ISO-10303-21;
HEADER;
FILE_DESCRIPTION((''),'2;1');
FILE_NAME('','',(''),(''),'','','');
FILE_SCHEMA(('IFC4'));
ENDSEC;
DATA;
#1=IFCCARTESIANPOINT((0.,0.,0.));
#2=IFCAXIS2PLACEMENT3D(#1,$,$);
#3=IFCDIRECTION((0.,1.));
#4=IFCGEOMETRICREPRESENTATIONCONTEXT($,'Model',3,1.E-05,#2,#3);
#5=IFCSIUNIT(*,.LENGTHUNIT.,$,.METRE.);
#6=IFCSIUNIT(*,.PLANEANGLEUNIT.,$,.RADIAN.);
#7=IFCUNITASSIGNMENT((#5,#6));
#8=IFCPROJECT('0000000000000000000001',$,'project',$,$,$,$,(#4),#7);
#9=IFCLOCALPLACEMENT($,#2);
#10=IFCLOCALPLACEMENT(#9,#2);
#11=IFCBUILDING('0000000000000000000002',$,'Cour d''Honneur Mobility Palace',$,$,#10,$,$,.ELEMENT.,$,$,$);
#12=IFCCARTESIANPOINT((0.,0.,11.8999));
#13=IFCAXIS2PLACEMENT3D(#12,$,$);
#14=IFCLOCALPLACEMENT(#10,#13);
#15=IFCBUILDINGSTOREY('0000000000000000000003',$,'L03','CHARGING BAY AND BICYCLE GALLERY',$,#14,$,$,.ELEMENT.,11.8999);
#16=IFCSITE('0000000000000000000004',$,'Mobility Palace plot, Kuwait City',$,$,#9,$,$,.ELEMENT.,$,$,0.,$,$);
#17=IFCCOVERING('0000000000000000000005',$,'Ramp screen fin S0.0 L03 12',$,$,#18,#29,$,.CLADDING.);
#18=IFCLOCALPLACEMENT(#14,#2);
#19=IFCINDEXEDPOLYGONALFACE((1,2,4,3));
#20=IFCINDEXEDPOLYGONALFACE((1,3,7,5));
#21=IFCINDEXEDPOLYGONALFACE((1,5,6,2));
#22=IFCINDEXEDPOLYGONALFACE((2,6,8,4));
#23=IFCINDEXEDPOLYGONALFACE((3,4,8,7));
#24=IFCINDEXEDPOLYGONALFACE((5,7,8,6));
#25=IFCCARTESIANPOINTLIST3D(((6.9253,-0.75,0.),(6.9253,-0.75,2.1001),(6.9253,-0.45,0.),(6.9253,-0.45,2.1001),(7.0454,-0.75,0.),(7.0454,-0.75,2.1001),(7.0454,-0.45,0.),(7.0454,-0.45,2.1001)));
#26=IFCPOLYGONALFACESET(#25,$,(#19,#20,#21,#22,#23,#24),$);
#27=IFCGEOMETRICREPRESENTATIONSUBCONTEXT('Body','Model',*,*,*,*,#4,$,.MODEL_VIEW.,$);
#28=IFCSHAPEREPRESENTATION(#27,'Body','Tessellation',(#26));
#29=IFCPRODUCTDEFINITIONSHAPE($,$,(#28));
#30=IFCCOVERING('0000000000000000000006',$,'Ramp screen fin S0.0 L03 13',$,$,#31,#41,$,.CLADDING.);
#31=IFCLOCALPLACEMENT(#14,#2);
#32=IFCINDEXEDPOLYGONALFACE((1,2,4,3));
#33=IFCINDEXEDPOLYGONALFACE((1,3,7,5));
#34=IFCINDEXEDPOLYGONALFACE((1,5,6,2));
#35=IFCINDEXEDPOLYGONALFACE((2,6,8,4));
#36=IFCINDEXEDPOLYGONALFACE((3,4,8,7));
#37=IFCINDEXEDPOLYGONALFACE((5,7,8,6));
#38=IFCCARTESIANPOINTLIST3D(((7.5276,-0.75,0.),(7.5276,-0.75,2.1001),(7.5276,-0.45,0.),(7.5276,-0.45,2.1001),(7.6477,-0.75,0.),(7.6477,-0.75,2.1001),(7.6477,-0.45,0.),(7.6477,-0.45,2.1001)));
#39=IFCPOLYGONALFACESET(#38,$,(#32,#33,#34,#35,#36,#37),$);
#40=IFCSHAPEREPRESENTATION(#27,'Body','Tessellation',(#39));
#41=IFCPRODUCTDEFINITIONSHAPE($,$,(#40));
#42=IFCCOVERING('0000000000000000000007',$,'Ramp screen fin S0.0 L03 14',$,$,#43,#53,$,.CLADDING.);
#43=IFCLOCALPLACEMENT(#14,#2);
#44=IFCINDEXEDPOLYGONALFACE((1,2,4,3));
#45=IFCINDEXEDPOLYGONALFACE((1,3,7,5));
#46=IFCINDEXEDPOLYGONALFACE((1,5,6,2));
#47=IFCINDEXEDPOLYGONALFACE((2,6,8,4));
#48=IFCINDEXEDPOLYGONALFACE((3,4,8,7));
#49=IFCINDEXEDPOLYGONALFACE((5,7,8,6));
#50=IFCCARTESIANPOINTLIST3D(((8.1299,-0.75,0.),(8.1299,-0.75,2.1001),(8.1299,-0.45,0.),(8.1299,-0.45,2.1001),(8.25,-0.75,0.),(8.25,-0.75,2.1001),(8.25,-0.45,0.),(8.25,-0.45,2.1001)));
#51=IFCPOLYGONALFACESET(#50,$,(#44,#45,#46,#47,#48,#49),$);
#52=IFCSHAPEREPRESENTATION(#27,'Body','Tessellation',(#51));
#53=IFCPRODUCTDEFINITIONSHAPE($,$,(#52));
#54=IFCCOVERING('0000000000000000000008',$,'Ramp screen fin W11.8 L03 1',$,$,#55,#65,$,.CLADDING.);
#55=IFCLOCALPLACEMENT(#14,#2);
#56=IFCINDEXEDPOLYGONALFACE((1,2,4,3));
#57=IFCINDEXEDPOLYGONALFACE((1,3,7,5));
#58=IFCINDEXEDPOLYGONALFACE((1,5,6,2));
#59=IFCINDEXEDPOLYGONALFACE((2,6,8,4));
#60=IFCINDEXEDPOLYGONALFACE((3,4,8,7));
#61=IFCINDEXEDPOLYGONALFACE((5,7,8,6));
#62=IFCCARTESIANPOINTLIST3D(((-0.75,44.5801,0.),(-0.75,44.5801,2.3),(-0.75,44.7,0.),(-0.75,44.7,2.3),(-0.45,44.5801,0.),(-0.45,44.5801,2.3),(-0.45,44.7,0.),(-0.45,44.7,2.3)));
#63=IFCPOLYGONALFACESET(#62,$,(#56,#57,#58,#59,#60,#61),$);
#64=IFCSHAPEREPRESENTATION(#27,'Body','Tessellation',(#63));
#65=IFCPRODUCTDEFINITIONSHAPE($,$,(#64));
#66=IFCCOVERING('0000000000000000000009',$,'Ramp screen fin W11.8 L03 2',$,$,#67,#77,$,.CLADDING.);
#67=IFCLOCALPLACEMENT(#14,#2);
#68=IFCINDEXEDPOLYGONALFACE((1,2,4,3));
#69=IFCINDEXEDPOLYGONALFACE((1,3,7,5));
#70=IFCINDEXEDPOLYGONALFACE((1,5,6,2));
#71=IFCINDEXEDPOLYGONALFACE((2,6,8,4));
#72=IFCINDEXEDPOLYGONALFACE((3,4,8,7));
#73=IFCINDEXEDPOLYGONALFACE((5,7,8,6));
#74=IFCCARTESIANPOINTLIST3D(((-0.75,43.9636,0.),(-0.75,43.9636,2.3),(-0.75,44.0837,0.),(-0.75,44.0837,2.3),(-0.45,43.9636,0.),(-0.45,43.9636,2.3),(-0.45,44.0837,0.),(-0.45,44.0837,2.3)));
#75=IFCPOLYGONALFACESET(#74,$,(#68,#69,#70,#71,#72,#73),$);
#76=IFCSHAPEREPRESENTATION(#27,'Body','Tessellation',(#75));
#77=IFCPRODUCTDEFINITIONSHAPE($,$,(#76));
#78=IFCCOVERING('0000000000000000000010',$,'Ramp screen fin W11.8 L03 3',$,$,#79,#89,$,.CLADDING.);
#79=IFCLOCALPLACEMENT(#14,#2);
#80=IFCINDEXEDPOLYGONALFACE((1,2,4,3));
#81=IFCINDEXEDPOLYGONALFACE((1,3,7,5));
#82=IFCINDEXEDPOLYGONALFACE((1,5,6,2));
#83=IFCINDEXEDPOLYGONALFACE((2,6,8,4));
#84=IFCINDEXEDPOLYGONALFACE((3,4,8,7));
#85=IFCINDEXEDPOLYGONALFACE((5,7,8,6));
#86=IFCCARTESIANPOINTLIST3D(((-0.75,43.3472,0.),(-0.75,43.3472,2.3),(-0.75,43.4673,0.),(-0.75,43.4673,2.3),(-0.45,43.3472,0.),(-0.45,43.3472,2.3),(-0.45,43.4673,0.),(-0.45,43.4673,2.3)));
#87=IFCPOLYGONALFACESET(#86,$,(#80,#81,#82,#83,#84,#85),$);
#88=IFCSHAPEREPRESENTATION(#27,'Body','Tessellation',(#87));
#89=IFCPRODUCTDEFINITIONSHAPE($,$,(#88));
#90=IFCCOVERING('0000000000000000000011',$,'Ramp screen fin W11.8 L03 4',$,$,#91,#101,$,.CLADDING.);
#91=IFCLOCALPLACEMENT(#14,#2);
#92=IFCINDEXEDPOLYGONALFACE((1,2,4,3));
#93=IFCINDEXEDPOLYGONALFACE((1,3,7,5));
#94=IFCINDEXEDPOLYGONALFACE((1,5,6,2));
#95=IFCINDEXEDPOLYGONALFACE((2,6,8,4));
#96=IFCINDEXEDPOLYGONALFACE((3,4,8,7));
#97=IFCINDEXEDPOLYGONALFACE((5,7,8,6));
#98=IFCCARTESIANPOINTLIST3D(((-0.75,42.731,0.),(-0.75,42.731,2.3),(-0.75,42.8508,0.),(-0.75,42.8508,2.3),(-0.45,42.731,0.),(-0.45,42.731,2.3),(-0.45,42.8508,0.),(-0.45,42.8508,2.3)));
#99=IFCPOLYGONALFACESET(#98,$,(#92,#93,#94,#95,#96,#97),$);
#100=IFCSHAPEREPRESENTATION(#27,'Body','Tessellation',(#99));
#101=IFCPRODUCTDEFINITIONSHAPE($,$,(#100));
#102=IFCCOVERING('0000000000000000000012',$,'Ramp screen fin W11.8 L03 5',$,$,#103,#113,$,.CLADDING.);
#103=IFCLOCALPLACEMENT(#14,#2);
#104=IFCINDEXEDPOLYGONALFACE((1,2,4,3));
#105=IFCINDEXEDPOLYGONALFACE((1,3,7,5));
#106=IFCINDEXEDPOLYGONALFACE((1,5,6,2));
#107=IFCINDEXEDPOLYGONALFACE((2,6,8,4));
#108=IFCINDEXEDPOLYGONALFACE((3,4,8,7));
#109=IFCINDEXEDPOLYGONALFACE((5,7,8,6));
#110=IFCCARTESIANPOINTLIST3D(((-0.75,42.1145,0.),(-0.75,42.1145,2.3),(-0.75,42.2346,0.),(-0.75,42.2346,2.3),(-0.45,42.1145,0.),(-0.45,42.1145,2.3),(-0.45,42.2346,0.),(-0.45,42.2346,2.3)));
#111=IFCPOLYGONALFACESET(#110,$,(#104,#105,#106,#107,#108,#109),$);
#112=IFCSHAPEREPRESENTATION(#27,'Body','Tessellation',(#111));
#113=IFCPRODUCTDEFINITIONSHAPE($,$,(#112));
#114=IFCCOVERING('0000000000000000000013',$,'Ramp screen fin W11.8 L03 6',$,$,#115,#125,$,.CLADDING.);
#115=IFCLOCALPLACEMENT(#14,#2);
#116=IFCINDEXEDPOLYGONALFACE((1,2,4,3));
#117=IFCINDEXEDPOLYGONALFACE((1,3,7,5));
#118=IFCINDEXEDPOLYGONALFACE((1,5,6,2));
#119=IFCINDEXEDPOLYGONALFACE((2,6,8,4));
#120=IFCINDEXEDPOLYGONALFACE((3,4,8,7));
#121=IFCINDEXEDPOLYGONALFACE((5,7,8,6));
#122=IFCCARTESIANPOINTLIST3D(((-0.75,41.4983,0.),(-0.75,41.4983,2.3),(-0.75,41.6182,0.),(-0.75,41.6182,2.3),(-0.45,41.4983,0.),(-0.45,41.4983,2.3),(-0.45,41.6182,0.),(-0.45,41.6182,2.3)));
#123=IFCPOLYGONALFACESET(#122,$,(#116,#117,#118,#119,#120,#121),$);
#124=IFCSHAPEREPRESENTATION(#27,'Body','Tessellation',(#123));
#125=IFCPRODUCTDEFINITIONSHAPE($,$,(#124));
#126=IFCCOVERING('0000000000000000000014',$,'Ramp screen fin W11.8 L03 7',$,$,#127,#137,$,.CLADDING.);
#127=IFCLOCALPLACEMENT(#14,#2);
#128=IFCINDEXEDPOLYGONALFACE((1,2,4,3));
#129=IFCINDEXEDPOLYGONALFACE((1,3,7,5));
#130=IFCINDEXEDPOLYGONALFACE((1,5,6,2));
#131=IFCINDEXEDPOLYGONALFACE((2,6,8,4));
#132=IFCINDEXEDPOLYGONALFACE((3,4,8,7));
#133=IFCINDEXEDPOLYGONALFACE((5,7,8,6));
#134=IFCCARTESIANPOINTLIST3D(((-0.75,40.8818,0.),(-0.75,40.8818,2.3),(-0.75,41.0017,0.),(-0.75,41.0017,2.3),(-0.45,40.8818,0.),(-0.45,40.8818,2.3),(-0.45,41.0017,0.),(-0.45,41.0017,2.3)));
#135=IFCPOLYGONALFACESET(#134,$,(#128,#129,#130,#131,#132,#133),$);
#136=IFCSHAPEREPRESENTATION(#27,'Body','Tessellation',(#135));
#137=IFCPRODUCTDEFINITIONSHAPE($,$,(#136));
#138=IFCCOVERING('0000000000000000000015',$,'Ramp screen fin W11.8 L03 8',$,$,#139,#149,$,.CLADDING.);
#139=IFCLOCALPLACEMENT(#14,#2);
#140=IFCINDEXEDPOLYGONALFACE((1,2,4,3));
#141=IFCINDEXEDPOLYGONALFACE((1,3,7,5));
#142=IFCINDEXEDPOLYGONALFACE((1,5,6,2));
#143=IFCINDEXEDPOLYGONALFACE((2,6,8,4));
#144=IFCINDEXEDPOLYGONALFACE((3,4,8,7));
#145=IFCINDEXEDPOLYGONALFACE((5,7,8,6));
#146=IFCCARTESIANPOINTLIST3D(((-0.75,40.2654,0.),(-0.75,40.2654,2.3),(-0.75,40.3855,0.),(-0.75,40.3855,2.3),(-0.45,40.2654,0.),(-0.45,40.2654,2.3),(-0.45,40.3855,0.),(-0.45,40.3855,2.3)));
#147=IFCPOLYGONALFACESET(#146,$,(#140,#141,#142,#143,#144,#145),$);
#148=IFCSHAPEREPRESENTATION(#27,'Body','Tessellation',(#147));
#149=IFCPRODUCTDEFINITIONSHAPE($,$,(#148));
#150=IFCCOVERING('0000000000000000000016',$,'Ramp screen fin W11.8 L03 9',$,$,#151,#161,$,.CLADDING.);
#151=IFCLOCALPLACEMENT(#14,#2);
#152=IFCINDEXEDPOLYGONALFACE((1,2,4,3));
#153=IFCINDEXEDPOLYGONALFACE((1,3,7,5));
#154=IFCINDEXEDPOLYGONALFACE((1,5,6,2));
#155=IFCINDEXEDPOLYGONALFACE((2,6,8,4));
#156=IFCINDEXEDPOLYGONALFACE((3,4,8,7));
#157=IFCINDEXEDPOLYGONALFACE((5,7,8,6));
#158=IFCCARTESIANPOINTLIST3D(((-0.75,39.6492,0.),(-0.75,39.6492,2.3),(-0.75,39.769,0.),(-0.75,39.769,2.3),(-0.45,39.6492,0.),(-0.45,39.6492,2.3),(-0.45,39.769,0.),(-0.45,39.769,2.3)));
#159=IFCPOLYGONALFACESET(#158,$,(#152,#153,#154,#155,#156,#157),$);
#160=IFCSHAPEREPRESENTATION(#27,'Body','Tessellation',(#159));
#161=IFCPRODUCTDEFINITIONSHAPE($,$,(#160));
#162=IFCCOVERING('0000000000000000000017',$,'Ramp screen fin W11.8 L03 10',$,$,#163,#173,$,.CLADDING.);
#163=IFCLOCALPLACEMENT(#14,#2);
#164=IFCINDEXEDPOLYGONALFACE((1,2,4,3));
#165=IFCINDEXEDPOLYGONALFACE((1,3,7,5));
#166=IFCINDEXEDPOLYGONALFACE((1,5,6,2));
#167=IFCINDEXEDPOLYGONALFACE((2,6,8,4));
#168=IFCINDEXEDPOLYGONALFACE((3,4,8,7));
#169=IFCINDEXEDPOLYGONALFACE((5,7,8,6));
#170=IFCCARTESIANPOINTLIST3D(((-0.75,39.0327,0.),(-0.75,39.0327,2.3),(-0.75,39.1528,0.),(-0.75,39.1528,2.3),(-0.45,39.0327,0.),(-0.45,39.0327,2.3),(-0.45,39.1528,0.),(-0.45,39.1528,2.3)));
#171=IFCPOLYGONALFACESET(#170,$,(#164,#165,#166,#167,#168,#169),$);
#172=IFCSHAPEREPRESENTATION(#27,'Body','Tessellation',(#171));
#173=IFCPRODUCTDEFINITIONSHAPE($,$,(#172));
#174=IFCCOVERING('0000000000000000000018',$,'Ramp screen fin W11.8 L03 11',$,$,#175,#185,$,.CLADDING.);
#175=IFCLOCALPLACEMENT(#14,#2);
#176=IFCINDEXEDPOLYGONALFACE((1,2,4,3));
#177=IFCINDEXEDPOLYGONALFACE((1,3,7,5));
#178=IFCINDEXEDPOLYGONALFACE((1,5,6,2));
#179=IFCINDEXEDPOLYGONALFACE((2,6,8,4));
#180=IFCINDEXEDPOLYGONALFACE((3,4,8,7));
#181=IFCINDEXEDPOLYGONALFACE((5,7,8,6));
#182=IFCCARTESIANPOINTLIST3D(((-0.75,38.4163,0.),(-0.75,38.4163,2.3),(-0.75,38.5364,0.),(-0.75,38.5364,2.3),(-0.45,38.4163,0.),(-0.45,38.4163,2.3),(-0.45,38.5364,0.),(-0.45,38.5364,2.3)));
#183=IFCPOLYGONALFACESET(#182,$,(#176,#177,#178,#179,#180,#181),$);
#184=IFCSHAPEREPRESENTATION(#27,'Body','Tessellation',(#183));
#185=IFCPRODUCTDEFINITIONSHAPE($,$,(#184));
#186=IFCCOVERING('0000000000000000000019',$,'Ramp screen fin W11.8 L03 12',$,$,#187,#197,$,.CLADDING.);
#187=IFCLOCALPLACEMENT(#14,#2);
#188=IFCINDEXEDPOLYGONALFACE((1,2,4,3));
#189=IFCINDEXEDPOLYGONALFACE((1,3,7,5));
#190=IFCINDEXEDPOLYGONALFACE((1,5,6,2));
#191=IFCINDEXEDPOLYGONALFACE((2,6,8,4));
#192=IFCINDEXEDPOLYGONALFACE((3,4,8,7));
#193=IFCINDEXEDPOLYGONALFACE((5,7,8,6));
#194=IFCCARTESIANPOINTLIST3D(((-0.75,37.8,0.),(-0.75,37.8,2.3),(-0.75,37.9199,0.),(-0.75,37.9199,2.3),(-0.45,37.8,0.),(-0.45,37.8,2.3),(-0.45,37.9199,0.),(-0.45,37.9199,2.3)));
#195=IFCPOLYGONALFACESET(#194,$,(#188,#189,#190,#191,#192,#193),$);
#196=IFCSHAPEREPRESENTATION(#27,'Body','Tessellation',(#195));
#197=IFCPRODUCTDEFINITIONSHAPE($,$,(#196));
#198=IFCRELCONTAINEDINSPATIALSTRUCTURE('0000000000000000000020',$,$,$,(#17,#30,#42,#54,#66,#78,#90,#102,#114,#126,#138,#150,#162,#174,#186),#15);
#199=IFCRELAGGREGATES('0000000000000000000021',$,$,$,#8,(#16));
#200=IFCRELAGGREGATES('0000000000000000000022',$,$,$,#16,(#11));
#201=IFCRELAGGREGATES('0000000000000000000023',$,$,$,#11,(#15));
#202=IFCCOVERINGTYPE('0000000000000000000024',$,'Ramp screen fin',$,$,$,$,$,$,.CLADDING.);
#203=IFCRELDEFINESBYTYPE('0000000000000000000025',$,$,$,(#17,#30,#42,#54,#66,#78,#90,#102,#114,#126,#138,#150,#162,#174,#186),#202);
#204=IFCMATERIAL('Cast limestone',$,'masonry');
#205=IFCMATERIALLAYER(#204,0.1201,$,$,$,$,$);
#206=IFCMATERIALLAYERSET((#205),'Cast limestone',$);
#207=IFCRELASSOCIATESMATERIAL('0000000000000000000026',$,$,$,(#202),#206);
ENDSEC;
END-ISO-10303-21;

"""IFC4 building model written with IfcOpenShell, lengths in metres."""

from ifc_helpers import new_model, si_unit, direction, frame, origin, place, context, subcontext, project, spatial, polyline, outline, extrude, material, layer, layer_set, type_object, element, save


model = new_model("IFC4")

# Units and contexts
model_context = context("Model", 3, precision=1e-05, world=origin(), true_north=direction((0.0, 1.0)))
body_context = subcontext(model_context, "Body", "Model", "MODEL_VIEW")
ifc_project = project(units=[si_unit("LENGTHUNIT", "METRE"), si_unit("PLANEANGLEUNIT", "RADIAN")], contexts=[model_context])

# Site, building, storey
site_placement = place(None, origin())
site = spatial("IfcSite", under=ifc_project, at=site_placement, Name="Mobility Palace plot, Kuwait City", CompositionType="ELEMENT", RefElevation=0.0)
building_placement = place(site_placement, origin())
building = spatial("IfcBuilding", under=site, at=building_placement, Name="Cour d'Honneur Mobility Palace", CompositionType="ELEMENT")
storey_placement = place(building_placement, frame((0.0, 0.0, 11.8999)))
storey = spatial("IfcBuildingStorey", under=building, at=storey_placement, Name="L03", Description="CHARGING BAY AND BICYCLE GALLERY", CompositionType="ELEMENT", Elevation=11.8999)

# Coverings
ifc_material = material(Name="Cast limestone", Category="masonry")
ifc_layer = layer(ifc_material, 0.1201)
ifc_layer_set = layer_set([ifc_layer], Name="Cast limestone")
covering_type = type_object("IfcCoveringType", Name="Ramp screen fin", PredefinedType="CLADDING", material=ifc_layer_set)
covering_1_placement = place(storey_placement, origin())
element("IfcCovering", 1, at=covering_1_placement, inside=storey, type_object=covering_type, Name="Ramp screen fin S0.0 L03 12", PredefinedType="CLADDING", context=body_context, shape_type="SweptSolid", body=[
    extrude(outline(polyline([(6.9253, -0.45), (7.0454, -0.45), (7.0454, -0.75), (6.9253, -0.75), (6.9253, -0.45)])), origin(), (0.0, 0.0, 1.0), 2.1001),
])
covering_2_placement = place(storey_placement, origin())
element("IfcCovering", 2, at=covering_2_placement, inside=storey, type_object=covering_type, Name="Ramp screen fin S0.0 L03 13", PredefinedType="CLADDING", context=body_context, shape_type="SweptSolid", body=[
    extrude(outline(polyline([(7.5276, -0.45), (7.6477, -0.45), (7.6477, -0.75), (7.5276, -0.75), (7.5276, -0.45)])), origin(), (0.0, 0.0, 1.0), 2.1001),
])
covering_3_placement = place(storey_placement, origin())
element("IfcCovering", 3, at=covering_3_placement, inside=storey, type_object=covering_type, Name="Ramp screen fin S0.0 L03 14", PredefinedType="CLADDING", context=body_context, shape_type="SweptSolid", body=[
    extrude(outline(polyline([(8.1299, -0.45), (8.25, -0.45), (8.25, -0.75), (8.1299, -0.75), (8.1299, -0.45)])), origin(), (0.0, 0.0, 1.0), 2.1001),
])
covering_4_placement = place(storey_placement, origin())
element("IfcCovering", 4, at=covering_4_placement, inside=storey, type_object=covering_type, Name="Ramp screen fin W11.8 L03 1", PredefinedType="CLADDING", context=body_context, shape_type="SweptSolid", body=[
    extrude(outline(polyline([(-0.45, 44.7), (-0.45, 44.5801), (-0.75, 44.5801), (-0.75, 44.7), (-0.45, 44.7)])), origin(), (0.0, 0.0, 1.0), 2.3),
])
covering_5_placement = place(storey_placement, origin())
element("IfcCovering", 5, at=covering_5_placement, inside=storey, type_object=covering_type, Name="Ramp screen fin W11.8 L03 2", PredefinedType="CLADDING", context=body_context, shape_type="SweptSolid", body=[
    extrude(outline(polyline([(-0.45, 44.0837), (-0.45, 43.9636), (-0.75, 43.9636), (-0.75, 44.0837), (-0.45, 44.0837)])), origin(), (0.0, 0.0, 1.0), 2.3),
])
covering_6_placement = place(storey_placement, origin())
element("IfcCovering", 6, at=covering_6_placement, inside=storey, type_object=covering_type, Name="Ramp screen fin W11.8 L03 3", PredefinedType="CLADDING", context=body_context, shape_type="SweptSolid", body=[
    extrude(outline(polyline([(-0.45, 43.4673), (-0.45, 43.3472), (-0.75, 43.3472), (-0.75, 43.4673), (-0.45, 43.4673)])), origin(), (0.0, 0.0, 1.0), 2.3),
])
covering_7_placement = place(storey_placement, origin())
element("IfcCovering", 7, at=covering_7_placement, inside=storey, type_object=covering_type, Name="Ramp screen fin W11.8 L03 4", PredefinedType="CLADDING", context=body_context, shape_type="SweptSolid", body=[
    extrude(outline(polyline([(-0.45, 42.8508), (-0.45, 42.731), (-0.75, 42.731), (-0.75, 42.8508), (-0.45, 42.8508)])), origin(), (0.0, 0.0, 1.0), 2.3),
])
covering_8_placement = place(storey_placement, origin())
element("IfcCovering", 8, at=covering_8_placement, inside=storey, type_object=covering_type, Name="Ramp screen fin W11.8 L03 5", PredefinedType="CLADDING", context=body_context, shape_type="SweptSolid", body=[
    extrude(outline(polyline([(-0.45, 42.2346), (-0.45, 42.1145), (-0.75, 42.1145), (-0.75, 42.2346), (-0.45, 42.2346)])), origin(), (0.0, 0.0, 1.0), 2.3),
])
covering_9_placement = place(storey_placement, origin())
element("IfcCovering", 9, at=covering_9_placement, inside=storey, type_object=covering_type, Name="Ramp screen fin W11.8 L03 6", PredefinedType="CLADDING", context=body_context, shape_type="SweptSolid", body=[
    extrude(outline(polyline([(-0.45, 41.6182), (-0.45, 41.4983), (-0.75, 41.4983), (-0.75, 41.6182), (-0.45, 41.6182)])), origin(), (0.0, 0.0, 1.0), 2.3),
])
covering_10_placement = place(storey_placement, origin())
element("IfcCovering", 10, at=covering_10_placement, inside=storey, type_object=covering_type, Name="Ramp screen fin W11.8 L03 7", PredefinedType="CLADDING", context=body_context, shape_type="SweptSolid", body=[
    extrude(outline(polyline([(-0.45, 41.0017), (-0.45, 40.8818), (-0.75, 40.8818), (-0.75, 41.0017), (-0.45, 41.0017)])), origin(), (0.0, 0.0, 1.0), 2.3),
])
covering_11_placement = place(storey_placement, origin())
element("IfcCovering", 11, at=covering_11_placement, inside=storey, type_object=covering_type, Name="Ramp screen fin W11.8 L03 8", PredefinedType="CLADDING", context=body_context, shape_type="SweptSolid", body=[
    extrude(outline(polyline([(-0.45, 40.3855), (-0.45, 40.2654), (-0.75, 40.2654), (-0.75, 40.3855), (-0.45, 40.3855)])), origin(), (0.0, 0.0, 1.0), 2.3),
])
covering_12_placement = place(storey_placement, origin())
element("IfcCovering", 12, at=covering_12_placement, inside=storey, type_object=covering_type, Name="Ramp screen fin W11.8 L03 9", PredefinedType="CLADDING", context=body_context, shape_type="SweptSolid", body=[
    extrude(outline(polyline([(-0.45, 39.769), (-0.45, 39.6492), (-0.75, 39.6492), (-0.75, 39.769), (-0.45, 39.769)])), origin(), (0.0, 0.0, 1.0), 2.3),
])
covering_13_placement = place(storey_placement, origin())
element("IfcCovering", 13, at=covering_13_placement, inside=storey, type_object=covering_type, Name="Ramp screen fin W11.8 L03 10", PredefinedType="CLADDING", context=body_context, shape_type="SweptSolid", body=[
    extrude(outline(polyline([(-0.45, 39.1528), (-0.45, 39.0327), (-0.75, 39.0327), (-0.75, 39.1528), (-0.45, 39.1528)])), origin(), (0.0, 0.0, 1.0), 2.3),
])
covering_14_placement = place(storey_placement, origin())
element("IfcCovering", 14, at=covering_14_placement, inside=storey, type_object=covering_type, Name="Ramp screen fin W11.8 L03 11", PredefinedType="CLADDING", context=body_context, shape_type="SweptSolid", body=[
    extrude(outline(polyline([(-0.45, 38.5364), (-0.45, 38.4163), (-0.75, 38.4163), (-0.75, 38.5364), (-0.45, 38.5364)])), origin(), (0.0, 0.0, 1.0), 2.3),
])
covering_15_placement = place(storey_placement, origin())
element("IfcCovering", 15, at=covering_15_placement, inside=storey, type_object=covering_type, Name="Ramp screen fin W11.8 L03 12", PredefinedType="CLADDING", context=body_context, shape_type="SweptSolid", body=[
    extrude(outline(polyline([(-0.45, 37.9199), (-0.45, 37.8), (-0.75, 37.8), (-0.75, 37.9199), (-0.45, 37.9199)])), origin(), (0.0, 0.0, 1.0), 2.3),
])

save(model, "model.ifc")
